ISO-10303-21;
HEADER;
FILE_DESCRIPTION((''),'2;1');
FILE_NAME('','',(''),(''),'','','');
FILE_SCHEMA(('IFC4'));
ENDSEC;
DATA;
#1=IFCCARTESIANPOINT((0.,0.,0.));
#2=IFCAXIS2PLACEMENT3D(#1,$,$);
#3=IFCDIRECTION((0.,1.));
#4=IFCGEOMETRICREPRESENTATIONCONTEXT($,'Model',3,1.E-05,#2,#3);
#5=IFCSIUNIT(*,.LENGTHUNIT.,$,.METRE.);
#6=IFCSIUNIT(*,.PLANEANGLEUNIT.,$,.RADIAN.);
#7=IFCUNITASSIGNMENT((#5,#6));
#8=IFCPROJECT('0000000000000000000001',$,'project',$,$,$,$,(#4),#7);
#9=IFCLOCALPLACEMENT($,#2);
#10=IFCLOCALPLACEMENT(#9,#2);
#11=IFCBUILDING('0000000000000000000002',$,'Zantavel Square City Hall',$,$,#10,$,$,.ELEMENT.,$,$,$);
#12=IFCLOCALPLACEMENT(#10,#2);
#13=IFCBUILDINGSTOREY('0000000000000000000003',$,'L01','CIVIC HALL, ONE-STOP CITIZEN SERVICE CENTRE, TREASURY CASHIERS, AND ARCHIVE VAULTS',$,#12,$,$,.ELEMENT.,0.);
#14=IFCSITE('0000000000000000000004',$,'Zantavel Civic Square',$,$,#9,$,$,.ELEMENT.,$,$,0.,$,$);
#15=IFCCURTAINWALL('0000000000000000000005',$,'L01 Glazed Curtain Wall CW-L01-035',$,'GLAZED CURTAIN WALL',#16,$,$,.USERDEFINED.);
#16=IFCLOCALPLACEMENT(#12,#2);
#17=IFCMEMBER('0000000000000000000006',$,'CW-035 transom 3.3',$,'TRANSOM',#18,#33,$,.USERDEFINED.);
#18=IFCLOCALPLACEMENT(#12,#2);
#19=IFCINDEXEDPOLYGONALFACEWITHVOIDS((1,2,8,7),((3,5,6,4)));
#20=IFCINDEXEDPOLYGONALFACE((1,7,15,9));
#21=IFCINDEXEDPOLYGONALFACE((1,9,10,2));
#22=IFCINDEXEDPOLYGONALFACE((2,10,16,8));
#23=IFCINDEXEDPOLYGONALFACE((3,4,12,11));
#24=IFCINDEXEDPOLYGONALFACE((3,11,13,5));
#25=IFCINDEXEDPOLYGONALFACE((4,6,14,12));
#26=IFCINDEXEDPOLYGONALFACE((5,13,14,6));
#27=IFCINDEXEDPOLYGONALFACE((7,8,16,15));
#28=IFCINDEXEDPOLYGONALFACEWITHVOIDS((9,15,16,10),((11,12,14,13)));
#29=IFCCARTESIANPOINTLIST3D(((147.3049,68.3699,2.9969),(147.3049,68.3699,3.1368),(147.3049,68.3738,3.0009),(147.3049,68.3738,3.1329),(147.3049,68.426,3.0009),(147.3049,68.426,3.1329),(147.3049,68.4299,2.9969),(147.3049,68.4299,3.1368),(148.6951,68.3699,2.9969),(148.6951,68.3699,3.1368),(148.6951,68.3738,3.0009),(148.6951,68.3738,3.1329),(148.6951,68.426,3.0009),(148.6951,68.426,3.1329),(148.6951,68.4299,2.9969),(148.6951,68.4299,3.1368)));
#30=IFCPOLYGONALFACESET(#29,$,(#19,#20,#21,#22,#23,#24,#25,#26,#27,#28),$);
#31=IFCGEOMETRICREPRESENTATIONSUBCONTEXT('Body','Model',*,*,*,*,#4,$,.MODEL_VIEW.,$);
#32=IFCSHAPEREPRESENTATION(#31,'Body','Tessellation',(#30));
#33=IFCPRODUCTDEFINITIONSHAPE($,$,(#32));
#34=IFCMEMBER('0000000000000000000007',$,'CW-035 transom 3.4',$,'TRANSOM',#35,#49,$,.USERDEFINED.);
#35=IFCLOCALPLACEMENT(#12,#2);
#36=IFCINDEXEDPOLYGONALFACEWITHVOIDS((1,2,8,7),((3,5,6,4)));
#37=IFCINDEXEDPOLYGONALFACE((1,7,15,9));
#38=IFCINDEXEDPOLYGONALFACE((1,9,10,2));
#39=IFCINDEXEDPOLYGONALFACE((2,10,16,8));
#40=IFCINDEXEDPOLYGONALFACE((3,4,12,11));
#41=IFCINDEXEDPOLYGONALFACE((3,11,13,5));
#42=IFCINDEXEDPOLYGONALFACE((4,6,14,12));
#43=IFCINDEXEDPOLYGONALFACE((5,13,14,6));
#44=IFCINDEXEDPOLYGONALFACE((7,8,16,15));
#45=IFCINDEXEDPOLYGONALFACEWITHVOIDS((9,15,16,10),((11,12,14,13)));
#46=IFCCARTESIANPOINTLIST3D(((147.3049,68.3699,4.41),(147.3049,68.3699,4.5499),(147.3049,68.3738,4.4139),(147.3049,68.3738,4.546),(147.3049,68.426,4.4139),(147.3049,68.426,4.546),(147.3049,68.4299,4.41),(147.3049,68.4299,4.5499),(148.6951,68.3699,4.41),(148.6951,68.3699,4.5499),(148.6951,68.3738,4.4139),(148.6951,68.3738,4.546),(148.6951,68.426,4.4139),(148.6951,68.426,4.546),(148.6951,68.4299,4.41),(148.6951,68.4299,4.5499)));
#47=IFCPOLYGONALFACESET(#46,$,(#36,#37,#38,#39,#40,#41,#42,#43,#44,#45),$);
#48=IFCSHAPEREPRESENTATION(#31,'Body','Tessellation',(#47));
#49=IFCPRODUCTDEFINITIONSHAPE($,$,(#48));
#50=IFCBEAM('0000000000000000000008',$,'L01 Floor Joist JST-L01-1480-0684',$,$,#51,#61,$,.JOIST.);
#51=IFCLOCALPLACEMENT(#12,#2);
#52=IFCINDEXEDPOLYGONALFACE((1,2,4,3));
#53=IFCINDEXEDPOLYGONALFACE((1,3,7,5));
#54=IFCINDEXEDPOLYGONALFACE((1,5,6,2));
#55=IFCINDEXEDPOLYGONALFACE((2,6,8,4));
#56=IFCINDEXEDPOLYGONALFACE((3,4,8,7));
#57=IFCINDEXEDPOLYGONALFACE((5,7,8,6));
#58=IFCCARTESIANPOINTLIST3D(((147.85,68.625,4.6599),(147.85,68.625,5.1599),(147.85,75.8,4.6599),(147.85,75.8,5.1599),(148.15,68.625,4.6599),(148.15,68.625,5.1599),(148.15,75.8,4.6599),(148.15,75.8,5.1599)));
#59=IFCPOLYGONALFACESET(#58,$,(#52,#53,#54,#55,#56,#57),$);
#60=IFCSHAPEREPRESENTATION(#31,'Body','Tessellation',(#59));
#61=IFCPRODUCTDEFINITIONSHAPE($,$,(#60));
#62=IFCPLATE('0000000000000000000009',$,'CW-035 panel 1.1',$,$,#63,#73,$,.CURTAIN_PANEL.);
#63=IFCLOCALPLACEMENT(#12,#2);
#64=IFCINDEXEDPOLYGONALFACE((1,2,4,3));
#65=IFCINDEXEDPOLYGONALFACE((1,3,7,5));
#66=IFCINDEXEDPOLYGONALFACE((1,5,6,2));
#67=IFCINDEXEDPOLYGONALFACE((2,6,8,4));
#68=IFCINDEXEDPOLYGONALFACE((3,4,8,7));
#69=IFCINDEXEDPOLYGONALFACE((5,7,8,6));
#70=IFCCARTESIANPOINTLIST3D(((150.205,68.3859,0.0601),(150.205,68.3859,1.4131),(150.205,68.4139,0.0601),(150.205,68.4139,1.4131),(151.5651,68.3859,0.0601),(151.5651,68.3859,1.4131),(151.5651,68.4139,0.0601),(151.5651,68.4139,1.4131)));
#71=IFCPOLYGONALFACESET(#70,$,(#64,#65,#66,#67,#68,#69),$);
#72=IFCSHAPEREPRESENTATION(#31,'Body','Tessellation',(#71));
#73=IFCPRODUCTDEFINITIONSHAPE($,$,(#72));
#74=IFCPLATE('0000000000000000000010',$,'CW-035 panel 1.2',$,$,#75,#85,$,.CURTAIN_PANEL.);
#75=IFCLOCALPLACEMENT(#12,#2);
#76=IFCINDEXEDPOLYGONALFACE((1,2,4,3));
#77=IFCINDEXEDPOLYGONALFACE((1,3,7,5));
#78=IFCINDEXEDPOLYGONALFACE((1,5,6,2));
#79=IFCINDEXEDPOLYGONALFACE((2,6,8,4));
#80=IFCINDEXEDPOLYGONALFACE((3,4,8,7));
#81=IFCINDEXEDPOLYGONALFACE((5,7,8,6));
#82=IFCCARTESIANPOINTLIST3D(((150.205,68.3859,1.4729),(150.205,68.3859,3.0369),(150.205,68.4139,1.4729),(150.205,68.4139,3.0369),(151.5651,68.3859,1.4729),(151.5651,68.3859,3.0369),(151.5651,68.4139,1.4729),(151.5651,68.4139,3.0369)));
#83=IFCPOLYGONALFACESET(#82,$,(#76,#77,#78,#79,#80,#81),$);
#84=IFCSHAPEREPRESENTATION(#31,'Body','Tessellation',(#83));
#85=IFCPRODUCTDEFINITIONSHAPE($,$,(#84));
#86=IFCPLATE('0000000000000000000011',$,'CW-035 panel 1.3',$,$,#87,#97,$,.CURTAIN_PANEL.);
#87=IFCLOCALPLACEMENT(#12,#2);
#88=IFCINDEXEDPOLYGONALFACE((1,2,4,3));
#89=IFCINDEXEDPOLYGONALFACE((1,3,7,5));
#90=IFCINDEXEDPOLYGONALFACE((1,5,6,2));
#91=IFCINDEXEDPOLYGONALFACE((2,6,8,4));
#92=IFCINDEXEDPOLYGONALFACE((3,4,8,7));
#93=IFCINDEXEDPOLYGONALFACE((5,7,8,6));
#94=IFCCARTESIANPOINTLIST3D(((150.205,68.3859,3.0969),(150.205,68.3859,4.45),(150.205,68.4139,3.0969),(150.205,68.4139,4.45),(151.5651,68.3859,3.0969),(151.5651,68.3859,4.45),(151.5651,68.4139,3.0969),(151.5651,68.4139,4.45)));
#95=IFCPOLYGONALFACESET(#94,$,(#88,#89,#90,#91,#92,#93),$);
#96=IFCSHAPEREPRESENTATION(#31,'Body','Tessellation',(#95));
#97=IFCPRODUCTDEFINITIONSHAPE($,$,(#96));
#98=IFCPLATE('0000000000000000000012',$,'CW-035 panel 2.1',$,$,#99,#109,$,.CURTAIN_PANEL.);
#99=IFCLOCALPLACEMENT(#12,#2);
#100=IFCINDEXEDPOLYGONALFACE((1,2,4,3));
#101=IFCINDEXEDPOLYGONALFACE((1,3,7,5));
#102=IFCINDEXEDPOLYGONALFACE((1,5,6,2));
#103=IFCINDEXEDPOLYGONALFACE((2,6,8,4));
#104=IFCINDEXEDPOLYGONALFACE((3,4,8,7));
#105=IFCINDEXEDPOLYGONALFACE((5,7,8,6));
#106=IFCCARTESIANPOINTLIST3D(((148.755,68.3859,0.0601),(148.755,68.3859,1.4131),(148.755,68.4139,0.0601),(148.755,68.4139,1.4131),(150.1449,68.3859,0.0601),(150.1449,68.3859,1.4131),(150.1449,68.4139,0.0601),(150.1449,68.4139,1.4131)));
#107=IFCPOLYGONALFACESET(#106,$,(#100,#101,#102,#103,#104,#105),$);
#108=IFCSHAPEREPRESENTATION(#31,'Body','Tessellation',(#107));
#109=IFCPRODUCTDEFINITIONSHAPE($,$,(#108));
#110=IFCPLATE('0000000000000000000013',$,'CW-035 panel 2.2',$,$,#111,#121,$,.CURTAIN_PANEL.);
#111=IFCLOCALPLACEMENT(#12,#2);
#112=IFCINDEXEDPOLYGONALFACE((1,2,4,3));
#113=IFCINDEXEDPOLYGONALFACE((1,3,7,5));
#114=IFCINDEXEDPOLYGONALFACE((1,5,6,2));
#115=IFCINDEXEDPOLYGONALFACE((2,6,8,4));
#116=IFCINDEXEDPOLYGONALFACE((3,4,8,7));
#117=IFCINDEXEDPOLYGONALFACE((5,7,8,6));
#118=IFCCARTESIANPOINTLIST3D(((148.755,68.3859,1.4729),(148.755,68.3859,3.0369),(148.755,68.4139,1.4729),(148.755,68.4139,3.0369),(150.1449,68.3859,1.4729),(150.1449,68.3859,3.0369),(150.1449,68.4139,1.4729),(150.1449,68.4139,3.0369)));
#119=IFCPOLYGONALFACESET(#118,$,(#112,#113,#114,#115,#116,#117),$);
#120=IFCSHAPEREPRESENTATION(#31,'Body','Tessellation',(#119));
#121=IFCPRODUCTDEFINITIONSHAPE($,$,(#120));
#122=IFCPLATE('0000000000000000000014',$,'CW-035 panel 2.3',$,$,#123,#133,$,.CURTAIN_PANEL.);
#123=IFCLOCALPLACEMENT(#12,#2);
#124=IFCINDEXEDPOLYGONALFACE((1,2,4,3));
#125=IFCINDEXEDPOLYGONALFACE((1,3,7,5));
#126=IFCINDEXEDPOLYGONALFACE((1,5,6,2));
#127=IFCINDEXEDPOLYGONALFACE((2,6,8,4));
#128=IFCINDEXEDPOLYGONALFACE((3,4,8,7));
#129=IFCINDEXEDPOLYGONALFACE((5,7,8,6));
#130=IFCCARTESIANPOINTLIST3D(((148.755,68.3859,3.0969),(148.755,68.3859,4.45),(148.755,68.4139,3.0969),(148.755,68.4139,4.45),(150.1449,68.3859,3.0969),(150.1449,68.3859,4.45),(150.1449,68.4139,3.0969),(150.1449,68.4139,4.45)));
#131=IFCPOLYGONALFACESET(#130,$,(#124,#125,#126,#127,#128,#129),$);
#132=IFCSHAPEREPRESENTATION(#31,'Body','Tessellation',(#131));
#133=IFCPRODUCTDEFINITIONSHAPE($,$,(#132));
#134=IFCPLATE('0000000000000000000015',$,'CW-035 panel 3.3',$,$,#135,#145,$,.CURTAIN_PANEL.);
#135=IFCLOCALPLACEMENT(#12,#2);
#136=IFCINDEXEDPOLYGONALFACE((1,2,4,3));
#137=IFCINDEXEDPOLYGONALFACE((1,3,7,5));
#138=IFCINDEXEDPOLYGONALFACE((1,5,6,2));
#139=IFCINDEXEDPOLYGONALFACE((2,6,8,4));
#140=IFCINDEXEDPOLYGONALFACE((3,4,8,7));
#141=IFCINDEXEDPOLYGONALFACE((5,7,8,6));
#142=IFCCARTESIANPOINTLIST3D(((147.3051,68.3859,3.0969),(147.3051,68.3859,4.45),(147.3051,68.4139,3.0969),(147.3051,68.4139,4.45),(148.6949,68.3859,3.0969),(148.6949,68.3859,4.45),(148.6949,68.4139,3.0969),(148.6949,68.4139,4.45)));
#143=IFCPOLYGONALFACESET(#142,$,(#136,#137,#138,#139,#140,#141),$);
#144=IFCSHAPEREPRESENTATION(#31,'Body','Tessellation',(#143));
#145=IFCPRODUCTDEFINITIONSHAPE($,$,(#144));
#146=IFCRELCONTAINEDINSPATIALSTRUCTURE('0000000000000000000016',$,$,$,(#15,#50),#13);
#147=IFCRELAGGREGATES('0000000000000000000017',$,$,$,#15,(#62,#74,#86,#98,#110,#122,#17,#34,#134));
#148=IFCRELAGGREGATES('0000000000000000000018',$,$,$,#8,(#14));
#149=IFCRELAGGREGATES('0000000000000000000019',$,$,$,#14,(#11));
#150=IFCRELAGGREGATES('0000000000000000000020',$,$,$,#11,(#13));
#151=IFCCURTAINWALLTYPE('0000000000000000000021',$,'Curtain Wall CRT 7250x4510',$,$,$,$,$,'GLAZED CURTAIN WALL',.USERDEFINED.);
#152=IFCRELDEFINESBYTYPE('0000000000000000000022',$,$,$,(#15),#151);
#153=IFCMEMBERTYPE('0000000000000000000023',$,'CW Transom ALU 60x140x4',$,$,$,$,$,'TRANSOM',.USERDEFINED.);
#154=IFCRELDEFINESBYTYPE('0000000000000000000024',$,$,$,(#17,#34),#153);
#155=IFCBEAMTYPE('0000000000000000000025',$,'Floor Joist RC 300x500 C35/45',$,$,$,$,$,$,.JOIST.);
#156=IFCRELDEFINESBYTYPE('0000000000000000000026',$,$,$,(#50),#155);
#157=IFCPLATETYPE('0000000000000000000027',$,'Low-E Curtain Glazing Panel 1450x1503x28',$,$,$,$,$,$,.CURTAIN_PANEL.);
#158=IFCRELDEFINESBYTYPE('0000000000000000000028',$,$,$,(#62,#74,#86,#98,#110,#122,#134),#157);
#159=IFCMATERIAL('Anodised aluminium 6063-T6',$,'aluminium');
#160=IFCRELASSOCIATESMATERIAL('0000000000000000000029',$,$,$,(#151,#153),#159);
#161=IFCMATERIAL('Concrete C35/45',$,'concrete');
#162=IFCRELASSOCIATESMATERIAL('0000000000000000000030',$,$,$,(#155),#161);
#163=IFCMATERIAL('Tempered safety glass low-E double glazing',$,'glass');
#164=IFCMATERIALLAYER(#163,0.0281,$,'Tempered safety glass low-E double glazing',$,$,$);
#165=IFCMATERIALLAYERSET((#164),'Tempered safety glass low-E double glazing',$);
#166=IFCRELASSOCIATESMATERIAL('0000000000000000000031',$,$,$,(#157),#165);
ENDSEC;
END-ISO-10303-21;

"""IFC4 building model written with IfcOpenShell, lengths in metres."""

from ifc_helpers import new_model, si_unit, direction, frame, origin, origin_2d, place, context, subcontext, project, spatial, rectangle, hollow_rectangle, extrude, material, layer, layer_set, material_profile, profile_set, type_object, element, aggregate, save


model = new_model("IFC4")

# Units and contexts
model_context = context("Model", 3, precision=1e-05, world=origin(), true_north=direction((0.0, 1.0)))
body_context = subcontext(model_context, "Body", "Model", "MODEL_VIEW")
ifc_project = project(units=[si_unit("LENGTHUNIT", "METRE"), si_unit("PLANEANGLEUNIT", "RADIAN")], contexts=[model_context])

# Site, building, storey
site_placement = place(None, origin())
site = spatial("IfcSite", under=ifc_project, at=site_placement, Name="Zantavel Civic Square", CompositionType="ELEMENT", RefElevation=0.0)
building_placement = place(site_placement, origin())
building = spatial("IfcBuilding", under=site, at=building_placement, Name="Zantavel Square City Hall", CompositionType="ELEMENT")
storey_placement = place(building_placement, origin())
storey = spatial("IfcBuildingStorey", under=building, at=storey_placement, Name="L01", Description="CIVIC HALL, ONE-STOP CITIZEN SERVICE CENTRE, TREASURY CASHIERS, AND ARCHIVE VAULTS", CompositionType="ELEMENT", Elevation=0.0)

# Curtain wall, members
ifc_material_1 = material(Name="Anodised aluminium 6063-T6", Category="aluminium")
curtain_wall_type = type_object("IfcCurtainWallType", Name="Curtain Wall CRT 7250x4510", ElementType="GLAZED CURTAIN WALL", PredefinedType="USERDEFINED", material=ifc_material_1)
curtain_wall_placement = place(storey_placement, origin())
curtain_wall = element("IfcCurtainWall", 1, at=curtain_wall_placement, inside=storey, type_object=curtain_wall_type, Name="L01 Glazed Curtain Wall CW-L01-035", ObjectType="GLAZED CURTAIN WALL", PredefinedType="USERDEFINED")
ifc_material_profile_1 = material_profile(ifc_material_1, hollow_rectangle(XDim=0.0601, YDim=0.1399, WallThickness=0.0039, at=origin_2d()), Name="ALU 60x140x4")
ifc_profile_set_1 = profile_set([ifc_material_profile_1], Name="Anodised aluminium 6063-T6")
member_type_1 = type_object("IfcMemberType", Name="CW Transom ALU 60x140x4", ElementType="TRANSOM", PredefinedType="USERDEFINED", material=ifc_profile_set_1)
member_1_placement = place(storey_placement, frame((148.6951, 68.3999, 3.0669), z_axis=(-1.0, 0.0, 0.0), x_axis=(0.0, -1.0, 0.0)))
member_1 = element("IfcMember", 2, at=member_1_placement, type_object=member_type_1, Name="CW-035 transom 3.3", ObjectType="TRANSOM", PredefinedType="USERDEFINED", context=body_context, shape_type="SweptSolid", body=[
    extrude(hollow_rectangle(XDim=0.0601, YDim=0.1399, WallThickness=0.0039, at=origin_2d()), origin(), (0.0, 0.0, 1.0), 1.3901),
])
member_2_placement = place(storey_placement, frame((148.6951, 68.3999, 4.48), z_axis=(-1.0, 0.0, 0.0), x_axis=(0.0, -1.0, 0.0)))
member_2 = element("IfcMember", 3, at=member_2_placement, type_object=member_type_1, Name="CW-035 transom 3.4", ObjectType="TRANSOM", PredefinedType="USERDEFINED", context=body_context, shape_type="SweptSolid", body=[
    extrude(hollow_rectangle(XDim=0.0601, YDim=0.1399, WallThickness=0.0039, at=origin_2d()), origin(), (0.0, 0.0, 1.0), 1.3901),
])

# Beam
ifc_material_2 = material(Name="Concrete C35/45", Category="concrete")
ifc_material_profile_2 = material_profile(ifc_material_2, rectangle(XDim=0.3, YDim=0.5, at=origin_2d()), Name="RC 300x500")
ifc_profile_set_2 = profile_set([ifc_material_profile_2], Name="Concrete C35/45")
beam_type = type_object("IfcBeamType", Name="Floor Joist RC 300x500 C35/45", PredefinedType="JOIST", material=ifc_profile_set_2)
beam_placement = place(storey_placement, frame((148.0, 68.625, 4.9099), z_axis=(0.0, 1.0, 0.0), x_axis=(-1.0, 0.0, 0.0)))
element("IfcBeam", 4, at=beam_placement, inside=storey, type_object=beam_type, Name="L01 Floor Joist JST-L01-1480-0684", PredefinedType="JOIST", context=body_context, shape_type="SweptSolid", body=[
    extrude(rectangle(XDim=0.3, YDim=0.5, at=origin_2d()), origin(), (0.0, 0.0, 1.0), 7.175),
])

# Plates
ifc_material_3 = material(Name="Tempered safety glass low-E double glazing", Category="glass")
ifc_layer = layer(ifc_material_3, 0.0281, Name="Tempered safety glass low-E double glazing")
ifc_layer_set = layer_set([ifc_layer], Name="Tempered safety glass low-E double glazing")
plate_type = type_object("IfcPlateType", Name="Low-E Curtain Glazing Panel 1450x1503x28", PredefinedType="CURTAIN_PANEL", material=ifc_layer_set)
plate_1_placement = place(storey_placement, frame((150.885, 68.3999, 0.0601), z_axis=(0.0, 0.0, 1.0), x_axis=(-1.0, 0.0, 0.0)))
plate_1 = element("IfcPlate", 5, at=plate_1_placement, type_object=plate_type, Name="CW-035 panel 1.1", PredefinedType="CURTAIN_PANEL", context=body_context, shape_type="SweptSolid", body=[
    extrude(rectangle(XDim=1.3601, YDim=0.0281, at=origin_2d()), origin(), (0.0, 0.0, 1.0), 1.353),
])
plate_2_placement = place(storey_placement, frame((150.885, 68.3999, 1.4729), z_axis=(0.0, 0.0, 1.0), x_axis=(-1.0, 0.0, 0.0)))
plate_2 = element("IfcPlate", 6, at=plate_2_placement, type_object=plate_type, Name="CW-035 panel 1.2", PredefinedType="CURTAIN_PANEL", context=body_context, shape_type="SweptSolid", body=[
    extrude(rectangle(XDim=1.3601, YDim=0.0281, at=origin_2d()), origin(), (0.0, 0.0, 1.0), 1.564),
])
plate_3_placement = place(storey_placement, frame((150.885, 68.3999, 3.0969), z_axis=(0.0, 0.0, 1.0), x_axis=(-1.0, 0.0, 0.0)))
plate_3 = element("IfcPlate", 7, at=plate_3_placement, type_object=plate_type, Name="CW-035 panel 1.3", PredefinedType="CURTAIN_PANEL", context=body_context, shape_type="SweptSolid", body=[
    extrude(rectangle(XDim=1.3601, YDim=0.0281, at=origin_2d()), origin(), (0.0, 0.0, 1.0), 1.353),
])
plate_4_placement = place(storey_placement, frame((149.45, 68.3999, 0.0601), z_axis=(0.0, 0.0, 1.0), x_axis=(-1.0, 0.0, 0.0)))
plate_4 = element("IfcPlate", 8, at=plate_4_placement, type_object=plate_type, Name="CW-035 panel 2.1", PredefinedType="CURTAIN_PANEL", context=body_context, shape_type="SweptSolid", body=[
    extrude(rectangle(XDim=1.3899, YDim=0.0281, at=origin_2d()), origin(), (0.0, 0.0, 1.0), 1.353),
])
plate_5_placement = place(storey_placement, frame((149.45, 68.3999, 1.4729), z_axis=(0.0, 0.0, 1.0), x_axis=(-1.0, 0.0, 0.0)))
plate_5 = element("IfcPlate", 9, at=plate_5_placement, type_object=plate_type, Name="CW-035 panel 2.2", PredefinedType="CURTAIN_PANEL", context=body_context, shape_type="SweptSolid", body=[
    extrude(rectangle(XDim=1.3899, YDim=0.0281, at=origin_2d()), origin(), (0.0, 0.0, 1.0), 1.564),
])
plate_6_placement = place(storey_placement, frame((149.45, 68.3999, 3.0969), z_axis=(0.0, 0.0, 1.0), x_axis=(-1.0, 0.0, 0.0)))
plate_6 = element("IfcPlate", 10, at=plate_6_placement, type_object=plate_type, Name="CW-035 panel 2.3", PredefinedType="CURTAIN_PANEL", context=body_context, shape_type="SweptSolid", body=[
    extrude(rectangle(XDim=1.3899, YDim=0.0281, at=origin_2d()), origin(), (0.0, 0.0, 1.0), 1.353),
])
plate_7_placement = place(storey_placement, frame((148.0, 68.3999, 3.0969), z_axis=(0.0, 0.0, 1.0), x_axis=(-1.0, 0.0, 0.0)))
plate_7 = element("IfcPlate", 11, at=plate_7_placement, type_object=plate_type, Name="CW-035 panel 3.3", PredefinedType="CURTAIN_PANEL", context=body_context, shape_type="SweptSolid", body=[
    extrude(rectangle(XDim=1.3899, YDim=0.0281, at=origin_2d()), origin(), (0.0, 0.0, 1.0), 1.353),
])
aggregate(curtain_wall, [plate_1, plate_2, plate_3, plate_4, plate_5, plate_6, member_1, member_2, plate_7])

save(model, "model.ifc")
